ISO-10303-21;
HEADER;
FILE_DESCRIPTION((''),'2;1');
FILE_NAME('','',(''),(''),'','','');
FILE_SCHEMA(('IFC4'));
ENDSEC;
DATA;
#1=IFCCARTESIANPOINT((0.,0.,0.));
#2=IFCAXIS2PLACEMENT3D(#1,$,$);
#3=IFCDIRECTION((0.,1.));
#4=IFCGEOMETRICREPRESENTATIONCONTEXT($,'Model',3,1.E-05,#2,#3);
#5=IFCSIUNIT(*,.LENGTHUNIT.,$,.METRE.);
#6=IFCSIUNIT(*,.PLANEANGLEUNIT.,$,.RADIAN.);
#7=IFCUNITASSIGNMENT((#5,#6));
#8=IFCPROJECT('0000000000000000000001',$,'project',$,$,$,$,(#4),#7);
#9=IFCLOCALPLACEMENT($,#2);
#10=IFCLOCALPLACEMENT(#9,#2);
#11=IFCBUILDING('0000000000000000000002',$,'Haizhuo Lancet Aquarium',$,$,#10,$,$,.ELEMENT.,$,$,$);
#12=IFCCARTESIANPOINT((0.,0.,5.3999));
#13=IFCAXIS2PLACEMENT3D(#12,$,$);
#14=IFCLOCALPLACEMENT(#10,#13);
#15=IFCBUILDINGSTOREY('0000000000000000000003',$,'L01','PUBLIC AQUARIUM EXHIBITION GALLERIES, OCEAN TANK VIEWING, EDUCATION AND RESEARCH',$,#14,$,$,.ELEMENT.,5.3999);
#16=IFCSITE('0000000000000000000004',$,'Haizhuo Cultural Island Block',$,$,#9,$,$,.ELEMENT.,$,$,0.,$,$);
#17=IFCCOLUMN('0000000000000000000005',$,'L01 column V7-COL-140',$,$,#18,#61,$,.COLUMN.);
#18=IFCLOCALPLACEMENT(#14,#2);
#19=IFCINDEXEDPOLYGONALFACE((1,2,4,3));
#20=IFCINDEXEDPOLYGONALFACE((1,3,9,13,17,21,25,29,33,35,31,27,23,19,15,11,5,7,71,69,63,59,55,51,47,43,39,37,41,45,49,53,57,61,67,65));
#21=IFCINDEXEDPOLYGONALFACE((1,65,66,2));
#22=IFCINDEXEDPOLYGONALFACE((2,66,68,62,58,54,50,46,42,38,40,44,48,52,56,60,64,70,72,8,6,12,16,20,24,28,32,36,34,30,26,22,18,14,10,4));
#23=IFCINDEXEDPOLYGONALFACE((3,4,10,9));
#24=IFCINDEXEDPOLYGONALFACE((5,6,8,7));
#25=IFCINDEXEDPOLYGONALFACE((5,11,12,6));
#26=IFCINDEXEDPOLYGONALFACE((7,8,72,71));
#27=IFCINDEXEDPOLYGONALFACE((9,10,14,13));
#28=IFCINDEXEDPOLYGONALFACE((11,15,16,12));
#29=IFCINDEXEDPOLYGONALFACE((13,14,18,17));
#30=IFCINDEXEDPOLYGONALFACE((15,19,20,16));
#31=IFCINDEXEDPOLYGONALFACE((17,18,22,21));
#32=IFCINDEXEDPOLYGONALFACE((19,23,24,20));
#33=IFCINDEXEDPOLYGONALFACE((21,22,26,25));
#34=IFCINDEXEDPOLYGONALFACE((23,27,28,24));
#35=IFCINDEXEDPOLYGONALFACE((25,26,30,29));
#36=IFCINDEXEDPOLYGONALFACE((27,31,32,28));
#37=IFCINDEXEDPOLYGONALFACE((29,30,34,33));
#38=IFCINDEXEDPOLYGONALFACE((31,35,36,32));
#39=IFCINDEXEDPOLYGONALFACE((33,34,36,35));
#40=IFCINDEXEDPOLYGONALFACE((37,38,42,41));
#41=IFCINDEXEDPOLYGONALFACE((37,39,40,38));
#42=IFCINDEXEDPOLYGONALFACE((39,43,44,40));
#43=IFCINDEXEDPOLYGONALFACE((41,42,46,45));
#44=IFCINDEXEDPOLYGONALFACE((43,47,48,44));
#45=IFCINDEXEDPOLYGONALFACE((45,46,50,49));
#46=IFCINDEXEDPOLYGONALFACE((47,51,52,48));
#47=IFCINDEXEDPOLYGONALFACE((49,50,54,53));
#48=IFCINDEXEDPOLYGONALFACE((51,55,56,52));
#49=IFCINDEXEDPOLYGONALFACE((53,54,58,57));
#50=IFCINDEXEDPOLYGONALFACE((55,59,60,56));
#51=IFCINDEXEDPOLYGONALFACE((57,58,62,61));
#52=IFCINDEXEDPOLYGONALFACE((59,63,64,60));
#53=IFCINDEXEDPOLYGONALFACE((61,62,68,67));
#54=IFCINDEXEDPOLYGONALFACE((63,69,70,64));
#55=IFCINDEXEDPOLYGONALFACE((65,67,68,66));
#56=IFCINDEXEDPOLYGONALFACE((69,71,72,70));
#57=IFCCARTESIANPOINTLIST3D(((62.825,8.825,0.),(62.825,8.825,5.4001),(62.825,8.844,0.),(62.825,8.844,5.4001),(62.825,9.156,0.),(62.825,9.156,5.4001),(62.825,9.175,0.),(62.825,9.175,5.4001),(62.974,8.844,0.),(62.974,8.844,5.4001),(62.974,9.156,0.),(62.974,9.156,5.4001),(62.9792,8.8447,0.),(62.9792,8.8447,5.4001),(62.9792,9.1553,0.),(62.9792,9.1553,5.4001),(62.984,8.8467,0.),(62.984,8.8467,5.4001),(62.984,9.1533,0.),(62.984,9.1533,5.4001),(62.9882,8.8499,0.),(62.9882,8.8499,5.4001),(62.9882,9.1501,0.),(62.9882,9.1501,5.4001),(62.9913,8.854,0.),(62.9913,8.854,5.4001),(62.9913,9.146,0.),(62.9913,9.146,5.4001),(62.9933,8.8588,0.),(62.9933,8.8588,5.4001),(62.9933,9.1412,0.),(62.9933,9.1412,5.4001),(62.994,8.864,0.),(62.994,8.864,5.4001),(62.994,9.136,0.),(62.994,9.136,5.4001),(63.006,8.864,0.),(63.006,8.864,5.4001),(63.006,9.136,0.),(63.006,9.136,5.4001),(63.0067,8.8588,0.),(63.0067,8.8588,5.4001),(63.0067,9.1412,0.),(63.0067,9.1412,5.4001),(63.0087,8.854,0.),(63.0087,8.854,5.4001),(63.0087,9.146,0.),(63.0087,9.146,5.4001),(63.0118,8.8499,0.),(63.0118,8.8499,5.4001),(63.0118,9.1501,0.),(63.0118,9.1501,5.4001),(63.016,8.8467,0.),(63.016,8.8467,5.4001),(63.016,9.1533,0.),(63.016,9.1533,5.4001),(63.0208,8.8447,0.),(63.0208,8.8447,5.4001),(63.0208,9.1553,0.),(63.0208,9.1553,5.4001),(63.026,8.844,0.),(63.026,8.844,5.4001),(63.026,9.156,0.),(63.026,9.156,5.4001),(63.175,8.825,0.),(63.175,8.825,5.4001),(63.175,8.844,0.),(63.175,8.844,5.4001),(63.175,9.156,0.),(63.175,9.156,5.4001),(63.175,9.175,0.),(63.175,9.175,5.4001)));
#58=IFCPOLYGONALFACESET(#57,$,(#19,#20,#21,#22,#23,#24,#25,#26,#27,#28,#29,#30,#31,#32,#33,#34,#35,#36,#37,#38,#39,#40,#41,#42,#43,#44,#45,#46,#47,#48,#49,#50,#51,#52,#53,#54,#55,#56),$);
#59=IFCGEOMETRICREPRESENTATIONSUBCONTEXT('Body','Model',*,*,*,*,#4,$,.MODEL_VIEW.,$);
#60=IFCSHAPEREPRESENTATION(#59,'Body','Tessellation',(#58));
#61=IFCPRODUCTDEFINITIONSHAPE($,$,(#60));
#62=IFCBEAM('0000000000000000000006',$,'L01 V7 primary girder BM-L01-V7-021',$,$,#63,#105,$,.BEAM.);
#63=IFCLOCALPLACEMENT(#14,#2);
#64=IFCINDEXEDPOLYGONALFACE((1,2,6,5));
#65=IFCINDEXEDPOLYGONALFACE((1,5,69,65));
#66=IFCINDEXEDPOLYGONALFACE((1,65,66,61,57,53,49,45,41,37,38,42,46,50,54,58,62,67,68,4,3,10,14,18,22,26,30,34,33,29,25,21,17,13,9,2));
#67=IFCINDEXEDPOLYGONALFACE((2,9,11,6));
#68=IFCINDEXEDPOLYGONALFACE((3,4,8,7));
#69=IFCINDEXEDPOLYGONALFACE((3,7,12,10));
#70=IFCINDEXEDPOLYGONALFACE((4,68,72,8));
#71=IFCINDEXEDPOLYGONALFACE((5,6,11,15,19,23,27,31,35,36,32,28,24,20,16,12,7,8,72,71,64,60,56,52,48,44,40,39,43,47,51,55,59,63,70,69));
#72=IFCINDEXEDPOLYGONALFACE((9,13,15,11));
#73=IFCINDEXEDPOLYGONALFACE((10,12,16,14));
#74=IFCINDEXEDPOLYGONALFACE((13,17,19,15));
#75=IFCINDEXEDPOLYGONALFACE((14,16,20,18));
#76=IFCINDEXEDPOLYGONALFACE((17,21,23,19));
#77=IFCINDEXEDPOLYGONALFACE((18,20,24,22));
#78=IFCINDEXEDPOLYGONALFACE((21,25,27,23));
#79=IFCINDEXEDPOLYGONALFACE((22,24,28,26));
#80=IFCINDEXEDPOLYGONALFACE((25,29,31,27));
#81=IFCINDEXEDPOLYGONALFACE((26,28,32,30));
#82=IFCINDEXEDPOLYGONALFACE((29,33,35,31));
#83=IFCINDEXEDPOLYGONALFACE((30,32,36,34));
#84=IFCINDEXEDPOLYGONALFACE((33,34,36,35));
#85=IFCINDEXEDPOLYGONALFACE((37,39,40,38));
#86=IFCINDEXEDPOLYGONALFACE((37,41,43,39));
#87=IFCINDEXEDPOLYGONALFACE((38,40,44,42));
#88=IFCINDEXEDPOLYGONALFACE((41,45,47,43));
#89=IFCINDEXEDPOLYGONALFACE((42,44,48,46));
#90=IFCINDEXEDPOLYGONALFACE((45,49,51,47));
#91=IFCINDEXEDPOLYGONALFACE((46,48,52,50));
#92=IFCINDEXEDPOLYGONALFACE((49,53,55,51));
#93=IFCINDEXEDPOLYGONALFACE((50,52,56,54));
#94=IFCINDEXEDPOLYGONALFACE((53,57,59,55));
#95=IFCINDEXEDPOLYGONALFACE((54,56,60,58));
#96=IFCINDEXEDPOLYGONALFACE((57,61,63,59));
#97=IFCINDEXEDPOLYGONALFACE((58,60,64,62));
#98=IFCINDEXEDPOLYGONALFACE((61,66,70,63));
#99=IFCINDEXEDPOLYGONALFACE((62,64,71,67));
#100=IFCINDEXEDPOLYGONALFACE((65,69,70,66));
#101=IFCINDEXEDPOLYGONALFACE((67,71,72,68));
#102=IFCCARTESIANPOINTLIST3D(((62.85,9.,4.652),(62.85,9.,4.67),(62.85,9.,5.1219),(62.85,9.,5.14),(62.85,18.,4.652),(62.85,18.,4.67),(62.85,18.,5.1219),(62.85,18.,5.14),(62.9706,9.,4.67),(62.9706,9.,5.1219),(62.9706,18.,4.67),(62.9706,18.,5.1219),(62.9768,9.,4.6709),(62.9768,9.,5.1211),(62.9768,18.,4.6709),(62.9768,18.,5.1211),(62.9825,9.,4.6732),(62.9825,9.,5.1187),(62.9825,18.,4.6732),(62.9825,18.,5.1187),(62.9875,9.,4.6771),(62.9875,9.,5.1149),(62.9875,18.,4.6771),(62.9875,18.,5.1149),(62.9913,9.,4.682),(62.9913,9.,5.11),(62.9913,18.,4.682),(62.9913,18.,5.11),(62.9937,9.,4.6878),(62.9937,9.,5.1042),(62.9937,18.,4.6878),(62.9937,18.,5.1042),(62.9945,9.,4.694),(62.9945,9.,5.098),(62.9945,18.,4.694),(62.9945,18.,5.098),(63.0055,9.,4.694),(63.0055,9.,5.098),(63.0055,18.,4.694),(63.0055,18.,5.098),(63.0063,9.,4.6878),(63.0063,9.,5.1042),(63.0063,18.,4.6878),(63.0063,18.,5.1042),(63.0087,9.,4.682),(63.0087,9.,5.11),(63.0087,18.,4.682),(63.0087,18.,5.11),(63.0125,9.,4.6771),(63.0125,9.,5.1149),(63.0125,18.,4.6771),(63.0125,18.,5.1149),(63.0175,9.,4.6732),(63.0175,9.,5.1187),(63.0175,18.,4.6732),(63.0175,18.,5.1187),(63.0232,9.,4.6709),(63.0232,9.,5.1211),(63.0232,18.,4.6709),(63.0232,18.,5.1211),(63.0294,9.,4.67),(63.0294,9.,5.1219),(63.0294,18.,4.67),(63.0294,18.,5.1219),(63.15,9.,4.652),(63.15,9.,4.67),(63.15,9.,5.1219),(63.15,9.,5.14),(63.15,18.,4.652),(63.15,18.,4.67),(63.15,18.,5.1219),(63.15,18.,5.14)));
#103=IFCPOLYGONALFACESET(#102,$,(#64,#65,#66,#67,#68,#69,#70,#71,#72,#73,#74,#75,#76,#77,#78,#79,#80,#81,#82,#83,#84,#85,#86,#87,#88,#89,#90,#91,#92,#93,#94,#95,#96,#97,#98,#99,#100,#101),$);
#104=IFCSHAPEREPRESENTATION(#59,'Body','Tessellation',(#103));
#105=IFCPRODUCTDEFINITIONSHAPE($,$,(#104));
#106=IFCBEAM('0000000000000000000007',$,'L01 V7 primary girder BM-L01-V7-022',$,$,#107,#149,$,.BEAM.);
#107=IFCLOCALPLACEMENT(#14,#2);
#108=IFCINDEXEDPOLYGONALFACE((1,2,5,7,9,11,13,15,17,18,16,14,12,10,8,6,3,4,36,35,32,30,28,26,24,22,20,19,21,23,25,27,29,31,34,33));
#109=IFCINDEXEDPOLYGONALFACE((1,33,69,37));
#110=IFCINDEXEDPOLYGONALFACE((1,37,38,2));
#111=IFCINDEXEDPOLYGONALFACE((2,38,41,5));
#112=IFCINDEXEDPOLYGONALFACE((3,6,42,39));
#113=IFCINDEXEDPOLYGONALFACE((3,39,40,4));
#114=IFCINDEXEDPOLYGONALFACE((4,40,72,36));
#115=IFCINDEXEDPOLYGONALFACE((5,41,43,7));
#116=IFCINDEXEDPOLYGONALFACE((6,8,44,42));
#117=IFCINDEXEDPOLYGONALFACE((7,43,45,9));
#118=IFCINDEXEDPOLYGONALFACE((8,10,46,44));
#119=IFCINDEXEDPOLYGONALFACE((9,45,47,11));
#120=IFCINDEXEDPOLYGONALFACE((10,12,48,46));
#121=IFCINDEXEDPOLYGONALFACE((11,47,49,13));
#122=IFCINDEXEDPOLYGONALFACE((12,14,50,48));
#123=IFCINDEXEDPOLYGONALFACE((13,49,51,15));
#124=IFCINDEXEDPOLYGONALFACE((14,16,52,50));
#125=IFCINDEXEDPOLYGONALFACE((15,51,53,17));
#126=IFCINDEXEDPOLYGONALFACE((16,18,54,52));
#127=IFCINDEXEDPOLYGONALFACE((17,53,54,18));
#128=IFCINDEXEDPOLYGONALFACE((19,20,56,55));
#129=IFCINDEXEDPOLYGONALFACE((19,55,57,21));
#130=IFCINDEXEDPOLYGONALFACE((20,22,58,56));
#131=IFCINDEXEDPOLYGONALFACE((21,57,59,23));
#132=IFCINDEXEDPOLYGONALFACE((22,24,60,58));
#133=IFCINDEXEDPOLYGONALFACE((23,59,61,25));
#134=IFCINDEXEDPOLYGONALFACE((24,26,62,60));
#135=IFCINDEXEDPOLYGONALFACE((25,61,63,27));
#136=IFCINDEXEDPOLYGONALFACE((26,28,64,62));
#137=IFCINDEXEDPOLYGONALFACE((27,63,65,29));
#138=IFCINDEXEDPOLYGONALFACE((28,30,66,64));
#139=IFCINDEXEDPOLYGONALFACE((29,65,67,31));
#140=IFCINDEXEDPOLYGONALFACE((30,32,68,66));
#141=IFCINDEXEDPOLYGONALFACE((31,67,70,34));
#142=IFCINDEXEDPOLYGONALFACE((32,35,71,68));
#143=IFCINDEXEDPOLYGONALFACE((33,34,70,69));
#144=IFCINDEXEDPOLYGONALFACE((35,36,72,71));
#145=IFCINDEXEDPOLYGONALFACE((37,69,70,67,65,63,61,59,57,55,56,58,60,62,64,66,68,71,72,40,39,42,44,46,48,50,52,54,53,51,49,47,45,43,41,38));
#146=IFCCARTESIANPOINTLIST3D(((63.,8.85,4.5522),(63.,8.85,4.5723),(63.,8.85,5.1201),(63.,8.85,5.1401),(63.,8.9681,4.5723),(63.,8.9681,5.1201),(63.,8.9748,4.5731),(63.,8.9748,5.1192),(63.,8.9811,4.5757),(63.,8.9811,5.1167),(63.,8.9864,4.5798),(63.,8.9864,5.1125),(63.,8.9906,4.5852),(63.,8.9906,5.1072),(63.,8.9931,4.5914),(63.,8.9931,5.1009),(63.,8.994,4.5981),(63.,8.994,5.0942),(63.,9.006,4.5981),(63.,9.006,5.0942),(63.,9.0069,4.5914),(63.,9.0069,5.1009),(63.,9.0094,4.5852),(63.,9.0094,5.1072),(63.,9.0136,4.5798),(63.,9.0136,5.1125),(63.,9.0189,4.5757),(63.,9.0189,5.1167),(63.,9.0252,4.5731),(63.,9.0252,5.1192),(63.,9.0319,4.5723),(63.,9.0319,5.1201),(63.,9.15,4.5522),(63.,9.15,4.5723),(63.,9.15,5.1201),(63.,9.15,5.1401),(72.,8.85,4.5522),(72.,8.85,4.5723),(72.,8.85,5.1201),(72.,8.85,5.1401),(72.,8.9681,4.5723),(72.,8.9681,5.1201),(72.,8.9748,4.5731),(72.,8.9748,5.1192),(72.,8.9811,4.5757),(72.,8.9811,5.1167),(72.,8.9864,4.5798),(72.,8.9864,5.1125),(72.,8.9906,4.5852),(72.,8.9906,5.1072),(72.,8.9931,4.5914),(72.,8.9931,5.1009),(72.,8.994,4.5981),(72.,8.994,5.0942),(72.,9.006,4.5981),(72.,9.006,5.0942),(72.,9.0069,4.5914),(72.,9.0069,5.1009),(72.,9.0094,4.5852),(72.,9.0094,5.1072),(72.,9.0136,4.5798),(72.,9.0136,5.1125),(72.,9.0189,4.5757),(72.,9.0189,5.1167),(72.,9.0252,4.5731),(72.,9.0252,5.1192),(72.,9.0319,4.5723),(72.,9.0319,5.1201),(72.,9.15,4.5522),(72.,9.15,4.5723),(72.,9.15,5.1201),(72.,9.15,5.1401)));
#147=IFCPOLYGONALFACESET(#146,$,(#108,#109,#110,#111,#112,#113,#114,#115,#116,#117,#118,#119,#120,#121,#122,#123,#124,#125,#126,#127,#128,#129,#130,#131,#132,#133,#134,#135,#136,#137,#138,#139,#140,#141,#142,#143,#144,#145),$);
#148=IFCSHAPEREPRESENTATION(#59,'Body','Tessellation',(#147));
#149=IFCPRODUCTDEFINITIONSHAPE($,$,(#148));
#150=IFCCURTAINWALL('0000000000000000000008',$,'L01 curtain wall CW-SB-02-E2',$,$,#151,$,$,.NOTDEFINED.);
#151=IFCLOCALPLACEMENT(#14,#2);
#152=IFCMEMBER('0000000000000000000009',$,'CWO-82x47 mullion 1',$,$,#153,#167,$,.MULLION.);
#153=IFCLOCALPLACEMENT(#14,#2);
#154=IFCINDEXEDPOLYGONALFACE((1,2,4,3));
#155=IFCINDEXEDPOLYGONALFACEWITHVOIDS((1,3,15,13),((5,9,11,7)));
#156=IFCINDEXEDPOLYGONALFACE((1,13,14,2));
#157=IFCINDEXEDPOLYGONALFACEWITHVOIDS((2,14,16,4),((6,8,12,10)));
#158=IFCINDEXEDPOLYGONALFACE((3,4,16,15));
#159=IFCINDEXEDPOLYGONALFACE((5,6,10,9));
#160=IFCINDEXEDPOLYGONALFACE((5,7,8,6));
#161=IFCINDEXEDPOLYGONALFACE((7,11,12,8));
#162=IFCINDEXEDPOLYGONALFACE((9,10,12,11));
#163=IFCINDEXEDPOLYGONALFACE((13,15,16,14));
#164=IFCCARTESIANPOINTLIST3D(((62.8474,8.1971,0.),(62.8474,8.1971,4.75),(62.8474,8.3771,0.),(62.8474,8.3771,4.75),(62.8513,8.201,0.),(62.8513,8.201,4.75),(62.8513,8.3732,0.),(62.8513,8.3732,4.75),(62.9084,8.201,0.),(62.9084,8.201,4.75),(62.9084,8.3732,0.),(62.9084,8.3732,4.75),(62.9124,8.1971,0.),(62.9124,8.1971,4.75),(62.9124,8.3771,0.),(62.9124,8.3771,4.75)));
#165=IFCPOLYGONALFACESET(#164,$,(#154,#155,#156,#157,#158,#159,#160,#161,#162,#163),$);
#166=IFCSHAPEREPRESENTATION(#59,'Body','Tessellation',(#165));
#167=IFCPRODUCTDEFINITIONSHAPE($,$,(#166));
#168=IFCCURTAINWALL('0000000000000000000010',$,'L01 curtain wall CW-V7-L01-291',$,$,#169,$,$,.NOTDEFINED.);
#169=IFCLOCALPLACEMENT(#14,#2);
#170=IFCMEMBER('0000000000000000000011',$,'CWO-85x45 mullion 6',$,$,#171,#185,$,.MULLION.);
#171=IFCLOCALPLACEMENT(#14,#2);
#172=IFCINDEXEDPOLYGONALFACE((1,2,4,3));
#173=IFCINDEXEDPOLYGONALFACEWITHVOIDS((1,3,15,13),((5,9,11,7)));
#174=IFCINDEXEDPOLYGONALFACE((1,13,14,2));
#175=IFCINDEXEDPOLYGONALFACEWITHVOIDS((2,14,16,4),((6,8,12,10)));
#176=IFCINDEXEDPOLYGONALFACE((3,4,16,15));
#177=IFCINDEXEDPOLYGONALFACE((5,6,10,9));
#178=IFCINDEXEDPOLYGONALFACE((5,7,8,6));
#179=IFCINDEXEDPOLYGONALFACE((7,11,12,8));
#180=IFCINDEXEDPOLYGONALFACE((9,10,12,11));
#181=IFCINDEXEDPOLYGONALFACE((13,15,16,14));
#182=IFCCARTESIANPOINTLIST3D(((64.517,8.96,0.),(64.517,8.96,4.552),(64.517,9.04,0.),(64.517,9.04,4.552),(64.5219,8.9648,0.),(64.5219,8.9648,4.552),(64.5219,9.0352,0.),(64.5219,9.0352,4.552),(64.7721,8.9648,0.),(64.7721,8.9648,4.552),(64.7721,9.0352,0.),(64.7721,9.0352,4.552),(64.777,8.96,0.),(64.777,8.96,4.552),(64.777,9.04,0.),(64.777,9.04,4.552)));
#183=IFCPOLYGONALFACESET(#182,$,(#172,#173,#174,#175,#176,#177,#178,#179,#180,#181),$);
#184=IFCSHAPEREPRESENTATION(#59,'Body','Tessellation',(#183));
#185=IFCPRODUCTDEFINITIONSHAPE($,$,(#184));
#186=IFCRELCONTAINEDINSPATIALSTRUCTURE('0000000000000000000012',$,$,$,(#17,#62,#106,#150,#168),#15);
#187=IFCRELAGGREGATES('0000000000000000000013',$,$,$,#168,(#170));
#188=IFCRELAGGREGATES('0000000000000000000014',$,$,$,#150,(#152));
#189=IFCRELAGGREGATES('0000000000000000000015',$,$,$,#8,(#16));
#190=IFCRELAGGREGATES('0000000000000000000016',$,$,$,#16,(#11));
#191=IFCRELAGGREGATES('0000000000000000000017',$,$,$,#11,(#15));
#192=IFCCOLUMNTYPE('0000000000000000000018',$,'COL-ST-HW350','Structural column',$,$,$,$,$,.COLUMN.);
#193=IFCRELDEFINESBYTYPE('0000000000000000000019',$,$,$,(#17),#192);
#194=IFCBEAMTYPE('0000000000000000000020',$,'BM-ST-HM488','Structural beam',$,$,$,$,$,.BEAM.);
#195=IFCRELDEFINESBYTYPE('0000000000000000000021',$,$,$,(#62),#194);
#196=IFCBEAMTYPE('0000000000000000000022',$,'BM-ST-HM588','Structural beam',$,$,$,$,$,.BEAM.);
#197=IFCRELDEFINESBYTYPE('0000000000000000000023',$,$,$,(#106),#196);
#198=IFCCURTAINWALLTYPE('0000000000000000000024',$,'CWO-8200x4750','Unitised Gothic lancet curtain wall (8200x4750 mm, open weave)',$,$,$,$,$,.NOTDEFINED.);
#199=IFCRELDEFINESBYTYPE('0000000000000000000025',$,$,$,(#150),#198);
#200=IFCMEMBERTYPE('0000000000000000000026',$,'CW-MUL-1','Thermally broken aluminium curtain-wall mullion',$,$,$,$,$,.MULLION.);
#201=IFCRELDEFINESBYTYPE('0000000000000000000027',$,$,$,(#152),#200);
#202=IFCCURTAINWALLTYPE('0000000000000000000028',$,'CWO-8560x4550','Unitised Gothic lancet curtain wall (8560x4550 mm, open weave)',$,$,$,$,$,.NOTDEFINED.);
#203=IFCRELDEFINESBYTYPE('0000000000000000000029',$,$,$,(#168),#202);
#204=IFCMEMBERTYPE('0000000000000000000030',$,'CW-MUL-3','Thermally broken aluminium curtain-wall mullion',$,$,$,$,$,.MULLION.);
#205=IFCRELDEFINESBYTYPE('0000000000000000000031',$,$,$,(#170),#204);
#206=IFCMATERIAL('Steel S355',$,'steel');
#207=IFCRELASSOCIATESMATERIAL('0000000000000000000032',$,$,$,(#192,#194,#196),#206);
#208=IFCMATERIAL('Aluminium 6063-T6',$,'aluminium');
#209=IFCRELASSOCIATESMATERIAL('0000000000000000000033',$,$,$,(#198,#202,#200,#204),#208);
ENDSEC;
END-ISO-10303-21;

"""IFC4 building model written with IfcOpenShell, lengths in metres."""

from ifc_helpers import new_model, si_unit, direction, frame, origin, origin_2d, place, context, subcontext, project, spatial, hollow_rectangle, i_section, extrude, material, material_profile, profile_set, type_object, element, aggregate, save


model = new_model("IFC4")

# Units and contexts
model_context = context("Model", 3, precision=1e-05, world=origin(), true_north=direction((0.0, 1.0)))
body_context = subcontext(model_context, "Body", "Model", "MODEL_VIEW")
ifc_project = project(units=[si_unit("LENGTHUNIT", "METRE"), si_unit("PLANEANGLEUNIT", "RADIAN")], contexts=[model_context])

# Site, building, storey
site_placement = place(None, origin())
site = spatial("IfcSite", under=ifc_project, at=site_placement, Name="Haizhuo Cultural Island Block", CompositionType="ELEMENT", RefElevation=0.0)
building_placement = place(site_placement, origin())
building = spatial("IfcBuilding", under=site, at=building_placement, Name="Haizhuo Lancet Aquarium", CompositionType="ELEMENT")
storey_placement = place(building_placement, frame((0.0, 0.0, 5.3999)))
storey = spatial("IfcBuildingStorey", under=building, at=storey_placement, Name="L01", Description="PUBLIC AQUARIUM EXHIBITION GALLERIES, OCEAN TANK VIEWING, EDUCATION AND RESEARCH", CompositionType="ELEMENT", Elevation=5.3999)

# Column
ifc_material_1 = material(Name="Steel S355", Category="steel")
ifc_material_profile_1 = material_profile(ifc_material_1, i_section(OverallWidth=0.3501, OverallDepth=0.3501, WebThickness=0.012, FlangeThickness=0.019, FilletRadius=0.02, at=origin_2d()), Name="HW 350x350x12x19")
ifc_profile_set_1 = profile_set([ifc_material_profile_1], Name="Steel S355")
column_type = type_object("IfcColumnType", Name="COL-ST-HW350", Description="Structural column", PredefinedType="COLUMN", material=ifc_profile_set_1)
column_placement = place(storey_placement, frame((63.0, 9.0, 0.0), z_axis=(0.0, 0.0, 1.0), x_axis=(1.0, 0.0, 0.0)))
element("IfcColumn", 1, at=column_placement, inside=storey, type_object=column_type, Name="L01 column V7-COL-140", PredefinedType="COLUMN", context=body_context, shape_type="SweptSolid", body=[
    extrude(i_section(OverallWidth=0.3501, OverallDepth=0.3501, WebThickness=0.012, FlangeThickness=0.019, FilletRadius=0.02, at=origin_2d()), origin(), (0.0, 0.0, 1.0), 5.4001),
])

# Beams
ifc_material_profile_2 = material_profile(ifc_material_1, i_section(OverallWidth=0.3, OverallDepth=0.488, WebThickness=0.011, FlangeThickness=0.0181, FilletRadius=0.0239, at=origin_2d()), Name="HM 488x300x11x18")
ifc_profile_set_2 = profile_set([ifc_material_profile_2], Name="Steel S355")
beam_type_1 = type_object("IfcBeamType", Name="BM-ST-HM488", Description="Structural beam", PredefinedType="BEAM", material=ifc_profile_set_2)
beam_1_placement = place(storey_placement, frame((63.0, 9.0, 4.896), z_axis=(0.0, 1.0, 0.0), x_axis=(-1.0, 0.0, 0.0)))
element("IfcBeam", 2, at=beam_1_placement, inside=storey, type_object=beam_type_1, Name="L01 V7 primary girder BM-L01-V7-021", PredefinedType="BEAM", context=body_context, shape_type="SweptSolid", body=[
    extrude(i_section(OverallWidth=0.3, OverallDepth=0.488, WebThickness=0.011, FlangeThickness=0.0181, FilletRadius=0.0239, at=origin_2d()), origin(), (0.0, 0.0, 1.0), 9.0),
])
ifc_material_profile_3 = material_profile(ifc_material_1, i_section(OverallWidth=0.3, OverallDepth=0.5879, WebThickness=0.012, FlangeThickness=0.02, FilletRadius=0.0259, at=origin_2d()), Name="HM 588x300x12x20")
ifc_profile_set_3 = profile_set([ifc_material_profile_3], Name="Steel S355")
beam_type_2 = type_object("IfcBeamType", Name="BM-ST-HM588", Description="Structural beam", PredefinedType="BEAM", material=ifc_profile_set_3)
beam_2_placement = place(storey_placement, frame((63.0, 9.0, 4.8462), z_axis=(1.0, 0.0, 0.0), x_axis=(0.0, 1.0, 0.0)))
element("IfcBeam", 3, at=beam_2_placement, inside=storey, type_object=beam_type_2, Name="L01 V7 primary girder BM-L01-V7-022", PredefinedType="BEAM", context=body_context, shape_type="SweptSolid", body=[
    extrude(i_section(OverallWidth=0.3, OverallDepth=0.5879, WebThickness=0.012, FlangeThickness=0.02, FilletRadius=0.0259, at=origin_2d()), origin(), (0.0, 0.0, 1.0), 9.0),
])

# Curtain wall, member
ifc_material_2 = material(Name="Aluminium 6063-T6", Category="aluminium")
curtain_wall_type_1 = type_object("IfcCurtainWallType", Name="CWO-8200x4750", Description="Unitised Gothic lancet curtain wall (8200x4750 mm, open weave)", PredefinedType="NOTDEFINED", material=ifc_material_2)
curtain_wall_1_placement = place(storey_placement, origin())
curtain_wall_1 = element("IfcCurtainWall", 4, at=curtain_wall_1_placement, inside=storey, type_object=curtain_wall_type_1, Name="L01 curtain wall CW-SB-02-E2", PredefinedType="NOTDEFINED")
ifc_material_profile_4 = material_profile(ifc_material_2, hollow_rectangle(XDim=0.0649, YDim=0.1799, WallThickness=0.0039, at=origin_2d()), Name="ALU-M 65x180x4")
ifc_profile_set_4 = profile_set([ifc_material_profile_4], Name="Aluminium 6063-T6")
member_type_1 = type_object("IfcMemberType", Name="CW-MUL-1", Description="Thermally broken aluminium curtain-wall mullion", PredefinedType="MULLION", material=ifc_profile_set_4)
member_1_placement = place(storey_placement, frame((62.8799, 8.2871, 0.0), z_axis=(0.0, 0.0, 1.0), x_axis=(1.0, 0.0, 0.0)))
member_1 = element("IfcMember", 5, at=member_1_placement, type_object=member_type_1, Name="CWO-82x47 mullion 1", PredefinedType="MULLION", context=body_context, shape_type="SweptSolid", body=[
    extrude(hollow_rectangle(XDim=0.0649, YDim=0.1799, WallThickness=0.0039, at=origin_2d()), origin(), (0.0, 0.0, 1.0), 4.75),
])

# Curtain wall, member
curtain_wall_type_2 = type_object("IfcCurtainWallType", Name="CWO-8560x4550", Description="Unitised Gothic lancet curtain wall (8560x4550 mm, open weave)", PredefinedType="NOTDEFINED", material=ifc_material_2)
curtain_wall_2_placement = place(storey_placement, origin())
curtain_wall_2 = element("IfcCurtainWall", 6, at=curtain_wall_2_placement, inside=storey, type_object=curtain_wall_type_2, Name="L01 curtain wall CW-V7-L01-291", PredefinedType="NOTDEFINED")
ifc_material_profile_5 = material_profile(ifc_material_2, hollow_rectangle(XDim=0.0801, YDim=0.26, WallThickness=0.0049, at=origin_2d()), Name="ALU-M 80x260x5")
ifc_profile_set_5 = profile_set([ifc_material_profile_5], Name="Aluminium 6063-T6")
member_type_2 = type_object("IfcMemberType", Name="CW-MUL-3", Description="Thermally broken aluminium curtain-wall mullion", PredefinedType="MULLION", material=ifc_profile_set_5)
member_2_placement = place(storey_placement, frame((64.647, 9.0, 0.0), z_axis=(0.0, 0.0, 1.0), x_axis=(0.0, -1.0, 0.0)))
member_2 = element("IfcMember", 7, at=member_2_placement, type_object=member_type_2, Name="CWO-85x45 mullion 6", PredefinedType="MULLION", context=body_context, shape_type="SweptSolid", body=[
    extrude(hollow_rectangle(XDim=0.0801, YDim=0.26, WallThickness=0.0049, at=origin_2d()), origin(), (0.0, 0.0, 1.0), 4.552),
])

aggregate(curtain_wall_2, [member_2])
aggregate(curtain_wall_1, [member_1])

save(model, "model.ifc")
